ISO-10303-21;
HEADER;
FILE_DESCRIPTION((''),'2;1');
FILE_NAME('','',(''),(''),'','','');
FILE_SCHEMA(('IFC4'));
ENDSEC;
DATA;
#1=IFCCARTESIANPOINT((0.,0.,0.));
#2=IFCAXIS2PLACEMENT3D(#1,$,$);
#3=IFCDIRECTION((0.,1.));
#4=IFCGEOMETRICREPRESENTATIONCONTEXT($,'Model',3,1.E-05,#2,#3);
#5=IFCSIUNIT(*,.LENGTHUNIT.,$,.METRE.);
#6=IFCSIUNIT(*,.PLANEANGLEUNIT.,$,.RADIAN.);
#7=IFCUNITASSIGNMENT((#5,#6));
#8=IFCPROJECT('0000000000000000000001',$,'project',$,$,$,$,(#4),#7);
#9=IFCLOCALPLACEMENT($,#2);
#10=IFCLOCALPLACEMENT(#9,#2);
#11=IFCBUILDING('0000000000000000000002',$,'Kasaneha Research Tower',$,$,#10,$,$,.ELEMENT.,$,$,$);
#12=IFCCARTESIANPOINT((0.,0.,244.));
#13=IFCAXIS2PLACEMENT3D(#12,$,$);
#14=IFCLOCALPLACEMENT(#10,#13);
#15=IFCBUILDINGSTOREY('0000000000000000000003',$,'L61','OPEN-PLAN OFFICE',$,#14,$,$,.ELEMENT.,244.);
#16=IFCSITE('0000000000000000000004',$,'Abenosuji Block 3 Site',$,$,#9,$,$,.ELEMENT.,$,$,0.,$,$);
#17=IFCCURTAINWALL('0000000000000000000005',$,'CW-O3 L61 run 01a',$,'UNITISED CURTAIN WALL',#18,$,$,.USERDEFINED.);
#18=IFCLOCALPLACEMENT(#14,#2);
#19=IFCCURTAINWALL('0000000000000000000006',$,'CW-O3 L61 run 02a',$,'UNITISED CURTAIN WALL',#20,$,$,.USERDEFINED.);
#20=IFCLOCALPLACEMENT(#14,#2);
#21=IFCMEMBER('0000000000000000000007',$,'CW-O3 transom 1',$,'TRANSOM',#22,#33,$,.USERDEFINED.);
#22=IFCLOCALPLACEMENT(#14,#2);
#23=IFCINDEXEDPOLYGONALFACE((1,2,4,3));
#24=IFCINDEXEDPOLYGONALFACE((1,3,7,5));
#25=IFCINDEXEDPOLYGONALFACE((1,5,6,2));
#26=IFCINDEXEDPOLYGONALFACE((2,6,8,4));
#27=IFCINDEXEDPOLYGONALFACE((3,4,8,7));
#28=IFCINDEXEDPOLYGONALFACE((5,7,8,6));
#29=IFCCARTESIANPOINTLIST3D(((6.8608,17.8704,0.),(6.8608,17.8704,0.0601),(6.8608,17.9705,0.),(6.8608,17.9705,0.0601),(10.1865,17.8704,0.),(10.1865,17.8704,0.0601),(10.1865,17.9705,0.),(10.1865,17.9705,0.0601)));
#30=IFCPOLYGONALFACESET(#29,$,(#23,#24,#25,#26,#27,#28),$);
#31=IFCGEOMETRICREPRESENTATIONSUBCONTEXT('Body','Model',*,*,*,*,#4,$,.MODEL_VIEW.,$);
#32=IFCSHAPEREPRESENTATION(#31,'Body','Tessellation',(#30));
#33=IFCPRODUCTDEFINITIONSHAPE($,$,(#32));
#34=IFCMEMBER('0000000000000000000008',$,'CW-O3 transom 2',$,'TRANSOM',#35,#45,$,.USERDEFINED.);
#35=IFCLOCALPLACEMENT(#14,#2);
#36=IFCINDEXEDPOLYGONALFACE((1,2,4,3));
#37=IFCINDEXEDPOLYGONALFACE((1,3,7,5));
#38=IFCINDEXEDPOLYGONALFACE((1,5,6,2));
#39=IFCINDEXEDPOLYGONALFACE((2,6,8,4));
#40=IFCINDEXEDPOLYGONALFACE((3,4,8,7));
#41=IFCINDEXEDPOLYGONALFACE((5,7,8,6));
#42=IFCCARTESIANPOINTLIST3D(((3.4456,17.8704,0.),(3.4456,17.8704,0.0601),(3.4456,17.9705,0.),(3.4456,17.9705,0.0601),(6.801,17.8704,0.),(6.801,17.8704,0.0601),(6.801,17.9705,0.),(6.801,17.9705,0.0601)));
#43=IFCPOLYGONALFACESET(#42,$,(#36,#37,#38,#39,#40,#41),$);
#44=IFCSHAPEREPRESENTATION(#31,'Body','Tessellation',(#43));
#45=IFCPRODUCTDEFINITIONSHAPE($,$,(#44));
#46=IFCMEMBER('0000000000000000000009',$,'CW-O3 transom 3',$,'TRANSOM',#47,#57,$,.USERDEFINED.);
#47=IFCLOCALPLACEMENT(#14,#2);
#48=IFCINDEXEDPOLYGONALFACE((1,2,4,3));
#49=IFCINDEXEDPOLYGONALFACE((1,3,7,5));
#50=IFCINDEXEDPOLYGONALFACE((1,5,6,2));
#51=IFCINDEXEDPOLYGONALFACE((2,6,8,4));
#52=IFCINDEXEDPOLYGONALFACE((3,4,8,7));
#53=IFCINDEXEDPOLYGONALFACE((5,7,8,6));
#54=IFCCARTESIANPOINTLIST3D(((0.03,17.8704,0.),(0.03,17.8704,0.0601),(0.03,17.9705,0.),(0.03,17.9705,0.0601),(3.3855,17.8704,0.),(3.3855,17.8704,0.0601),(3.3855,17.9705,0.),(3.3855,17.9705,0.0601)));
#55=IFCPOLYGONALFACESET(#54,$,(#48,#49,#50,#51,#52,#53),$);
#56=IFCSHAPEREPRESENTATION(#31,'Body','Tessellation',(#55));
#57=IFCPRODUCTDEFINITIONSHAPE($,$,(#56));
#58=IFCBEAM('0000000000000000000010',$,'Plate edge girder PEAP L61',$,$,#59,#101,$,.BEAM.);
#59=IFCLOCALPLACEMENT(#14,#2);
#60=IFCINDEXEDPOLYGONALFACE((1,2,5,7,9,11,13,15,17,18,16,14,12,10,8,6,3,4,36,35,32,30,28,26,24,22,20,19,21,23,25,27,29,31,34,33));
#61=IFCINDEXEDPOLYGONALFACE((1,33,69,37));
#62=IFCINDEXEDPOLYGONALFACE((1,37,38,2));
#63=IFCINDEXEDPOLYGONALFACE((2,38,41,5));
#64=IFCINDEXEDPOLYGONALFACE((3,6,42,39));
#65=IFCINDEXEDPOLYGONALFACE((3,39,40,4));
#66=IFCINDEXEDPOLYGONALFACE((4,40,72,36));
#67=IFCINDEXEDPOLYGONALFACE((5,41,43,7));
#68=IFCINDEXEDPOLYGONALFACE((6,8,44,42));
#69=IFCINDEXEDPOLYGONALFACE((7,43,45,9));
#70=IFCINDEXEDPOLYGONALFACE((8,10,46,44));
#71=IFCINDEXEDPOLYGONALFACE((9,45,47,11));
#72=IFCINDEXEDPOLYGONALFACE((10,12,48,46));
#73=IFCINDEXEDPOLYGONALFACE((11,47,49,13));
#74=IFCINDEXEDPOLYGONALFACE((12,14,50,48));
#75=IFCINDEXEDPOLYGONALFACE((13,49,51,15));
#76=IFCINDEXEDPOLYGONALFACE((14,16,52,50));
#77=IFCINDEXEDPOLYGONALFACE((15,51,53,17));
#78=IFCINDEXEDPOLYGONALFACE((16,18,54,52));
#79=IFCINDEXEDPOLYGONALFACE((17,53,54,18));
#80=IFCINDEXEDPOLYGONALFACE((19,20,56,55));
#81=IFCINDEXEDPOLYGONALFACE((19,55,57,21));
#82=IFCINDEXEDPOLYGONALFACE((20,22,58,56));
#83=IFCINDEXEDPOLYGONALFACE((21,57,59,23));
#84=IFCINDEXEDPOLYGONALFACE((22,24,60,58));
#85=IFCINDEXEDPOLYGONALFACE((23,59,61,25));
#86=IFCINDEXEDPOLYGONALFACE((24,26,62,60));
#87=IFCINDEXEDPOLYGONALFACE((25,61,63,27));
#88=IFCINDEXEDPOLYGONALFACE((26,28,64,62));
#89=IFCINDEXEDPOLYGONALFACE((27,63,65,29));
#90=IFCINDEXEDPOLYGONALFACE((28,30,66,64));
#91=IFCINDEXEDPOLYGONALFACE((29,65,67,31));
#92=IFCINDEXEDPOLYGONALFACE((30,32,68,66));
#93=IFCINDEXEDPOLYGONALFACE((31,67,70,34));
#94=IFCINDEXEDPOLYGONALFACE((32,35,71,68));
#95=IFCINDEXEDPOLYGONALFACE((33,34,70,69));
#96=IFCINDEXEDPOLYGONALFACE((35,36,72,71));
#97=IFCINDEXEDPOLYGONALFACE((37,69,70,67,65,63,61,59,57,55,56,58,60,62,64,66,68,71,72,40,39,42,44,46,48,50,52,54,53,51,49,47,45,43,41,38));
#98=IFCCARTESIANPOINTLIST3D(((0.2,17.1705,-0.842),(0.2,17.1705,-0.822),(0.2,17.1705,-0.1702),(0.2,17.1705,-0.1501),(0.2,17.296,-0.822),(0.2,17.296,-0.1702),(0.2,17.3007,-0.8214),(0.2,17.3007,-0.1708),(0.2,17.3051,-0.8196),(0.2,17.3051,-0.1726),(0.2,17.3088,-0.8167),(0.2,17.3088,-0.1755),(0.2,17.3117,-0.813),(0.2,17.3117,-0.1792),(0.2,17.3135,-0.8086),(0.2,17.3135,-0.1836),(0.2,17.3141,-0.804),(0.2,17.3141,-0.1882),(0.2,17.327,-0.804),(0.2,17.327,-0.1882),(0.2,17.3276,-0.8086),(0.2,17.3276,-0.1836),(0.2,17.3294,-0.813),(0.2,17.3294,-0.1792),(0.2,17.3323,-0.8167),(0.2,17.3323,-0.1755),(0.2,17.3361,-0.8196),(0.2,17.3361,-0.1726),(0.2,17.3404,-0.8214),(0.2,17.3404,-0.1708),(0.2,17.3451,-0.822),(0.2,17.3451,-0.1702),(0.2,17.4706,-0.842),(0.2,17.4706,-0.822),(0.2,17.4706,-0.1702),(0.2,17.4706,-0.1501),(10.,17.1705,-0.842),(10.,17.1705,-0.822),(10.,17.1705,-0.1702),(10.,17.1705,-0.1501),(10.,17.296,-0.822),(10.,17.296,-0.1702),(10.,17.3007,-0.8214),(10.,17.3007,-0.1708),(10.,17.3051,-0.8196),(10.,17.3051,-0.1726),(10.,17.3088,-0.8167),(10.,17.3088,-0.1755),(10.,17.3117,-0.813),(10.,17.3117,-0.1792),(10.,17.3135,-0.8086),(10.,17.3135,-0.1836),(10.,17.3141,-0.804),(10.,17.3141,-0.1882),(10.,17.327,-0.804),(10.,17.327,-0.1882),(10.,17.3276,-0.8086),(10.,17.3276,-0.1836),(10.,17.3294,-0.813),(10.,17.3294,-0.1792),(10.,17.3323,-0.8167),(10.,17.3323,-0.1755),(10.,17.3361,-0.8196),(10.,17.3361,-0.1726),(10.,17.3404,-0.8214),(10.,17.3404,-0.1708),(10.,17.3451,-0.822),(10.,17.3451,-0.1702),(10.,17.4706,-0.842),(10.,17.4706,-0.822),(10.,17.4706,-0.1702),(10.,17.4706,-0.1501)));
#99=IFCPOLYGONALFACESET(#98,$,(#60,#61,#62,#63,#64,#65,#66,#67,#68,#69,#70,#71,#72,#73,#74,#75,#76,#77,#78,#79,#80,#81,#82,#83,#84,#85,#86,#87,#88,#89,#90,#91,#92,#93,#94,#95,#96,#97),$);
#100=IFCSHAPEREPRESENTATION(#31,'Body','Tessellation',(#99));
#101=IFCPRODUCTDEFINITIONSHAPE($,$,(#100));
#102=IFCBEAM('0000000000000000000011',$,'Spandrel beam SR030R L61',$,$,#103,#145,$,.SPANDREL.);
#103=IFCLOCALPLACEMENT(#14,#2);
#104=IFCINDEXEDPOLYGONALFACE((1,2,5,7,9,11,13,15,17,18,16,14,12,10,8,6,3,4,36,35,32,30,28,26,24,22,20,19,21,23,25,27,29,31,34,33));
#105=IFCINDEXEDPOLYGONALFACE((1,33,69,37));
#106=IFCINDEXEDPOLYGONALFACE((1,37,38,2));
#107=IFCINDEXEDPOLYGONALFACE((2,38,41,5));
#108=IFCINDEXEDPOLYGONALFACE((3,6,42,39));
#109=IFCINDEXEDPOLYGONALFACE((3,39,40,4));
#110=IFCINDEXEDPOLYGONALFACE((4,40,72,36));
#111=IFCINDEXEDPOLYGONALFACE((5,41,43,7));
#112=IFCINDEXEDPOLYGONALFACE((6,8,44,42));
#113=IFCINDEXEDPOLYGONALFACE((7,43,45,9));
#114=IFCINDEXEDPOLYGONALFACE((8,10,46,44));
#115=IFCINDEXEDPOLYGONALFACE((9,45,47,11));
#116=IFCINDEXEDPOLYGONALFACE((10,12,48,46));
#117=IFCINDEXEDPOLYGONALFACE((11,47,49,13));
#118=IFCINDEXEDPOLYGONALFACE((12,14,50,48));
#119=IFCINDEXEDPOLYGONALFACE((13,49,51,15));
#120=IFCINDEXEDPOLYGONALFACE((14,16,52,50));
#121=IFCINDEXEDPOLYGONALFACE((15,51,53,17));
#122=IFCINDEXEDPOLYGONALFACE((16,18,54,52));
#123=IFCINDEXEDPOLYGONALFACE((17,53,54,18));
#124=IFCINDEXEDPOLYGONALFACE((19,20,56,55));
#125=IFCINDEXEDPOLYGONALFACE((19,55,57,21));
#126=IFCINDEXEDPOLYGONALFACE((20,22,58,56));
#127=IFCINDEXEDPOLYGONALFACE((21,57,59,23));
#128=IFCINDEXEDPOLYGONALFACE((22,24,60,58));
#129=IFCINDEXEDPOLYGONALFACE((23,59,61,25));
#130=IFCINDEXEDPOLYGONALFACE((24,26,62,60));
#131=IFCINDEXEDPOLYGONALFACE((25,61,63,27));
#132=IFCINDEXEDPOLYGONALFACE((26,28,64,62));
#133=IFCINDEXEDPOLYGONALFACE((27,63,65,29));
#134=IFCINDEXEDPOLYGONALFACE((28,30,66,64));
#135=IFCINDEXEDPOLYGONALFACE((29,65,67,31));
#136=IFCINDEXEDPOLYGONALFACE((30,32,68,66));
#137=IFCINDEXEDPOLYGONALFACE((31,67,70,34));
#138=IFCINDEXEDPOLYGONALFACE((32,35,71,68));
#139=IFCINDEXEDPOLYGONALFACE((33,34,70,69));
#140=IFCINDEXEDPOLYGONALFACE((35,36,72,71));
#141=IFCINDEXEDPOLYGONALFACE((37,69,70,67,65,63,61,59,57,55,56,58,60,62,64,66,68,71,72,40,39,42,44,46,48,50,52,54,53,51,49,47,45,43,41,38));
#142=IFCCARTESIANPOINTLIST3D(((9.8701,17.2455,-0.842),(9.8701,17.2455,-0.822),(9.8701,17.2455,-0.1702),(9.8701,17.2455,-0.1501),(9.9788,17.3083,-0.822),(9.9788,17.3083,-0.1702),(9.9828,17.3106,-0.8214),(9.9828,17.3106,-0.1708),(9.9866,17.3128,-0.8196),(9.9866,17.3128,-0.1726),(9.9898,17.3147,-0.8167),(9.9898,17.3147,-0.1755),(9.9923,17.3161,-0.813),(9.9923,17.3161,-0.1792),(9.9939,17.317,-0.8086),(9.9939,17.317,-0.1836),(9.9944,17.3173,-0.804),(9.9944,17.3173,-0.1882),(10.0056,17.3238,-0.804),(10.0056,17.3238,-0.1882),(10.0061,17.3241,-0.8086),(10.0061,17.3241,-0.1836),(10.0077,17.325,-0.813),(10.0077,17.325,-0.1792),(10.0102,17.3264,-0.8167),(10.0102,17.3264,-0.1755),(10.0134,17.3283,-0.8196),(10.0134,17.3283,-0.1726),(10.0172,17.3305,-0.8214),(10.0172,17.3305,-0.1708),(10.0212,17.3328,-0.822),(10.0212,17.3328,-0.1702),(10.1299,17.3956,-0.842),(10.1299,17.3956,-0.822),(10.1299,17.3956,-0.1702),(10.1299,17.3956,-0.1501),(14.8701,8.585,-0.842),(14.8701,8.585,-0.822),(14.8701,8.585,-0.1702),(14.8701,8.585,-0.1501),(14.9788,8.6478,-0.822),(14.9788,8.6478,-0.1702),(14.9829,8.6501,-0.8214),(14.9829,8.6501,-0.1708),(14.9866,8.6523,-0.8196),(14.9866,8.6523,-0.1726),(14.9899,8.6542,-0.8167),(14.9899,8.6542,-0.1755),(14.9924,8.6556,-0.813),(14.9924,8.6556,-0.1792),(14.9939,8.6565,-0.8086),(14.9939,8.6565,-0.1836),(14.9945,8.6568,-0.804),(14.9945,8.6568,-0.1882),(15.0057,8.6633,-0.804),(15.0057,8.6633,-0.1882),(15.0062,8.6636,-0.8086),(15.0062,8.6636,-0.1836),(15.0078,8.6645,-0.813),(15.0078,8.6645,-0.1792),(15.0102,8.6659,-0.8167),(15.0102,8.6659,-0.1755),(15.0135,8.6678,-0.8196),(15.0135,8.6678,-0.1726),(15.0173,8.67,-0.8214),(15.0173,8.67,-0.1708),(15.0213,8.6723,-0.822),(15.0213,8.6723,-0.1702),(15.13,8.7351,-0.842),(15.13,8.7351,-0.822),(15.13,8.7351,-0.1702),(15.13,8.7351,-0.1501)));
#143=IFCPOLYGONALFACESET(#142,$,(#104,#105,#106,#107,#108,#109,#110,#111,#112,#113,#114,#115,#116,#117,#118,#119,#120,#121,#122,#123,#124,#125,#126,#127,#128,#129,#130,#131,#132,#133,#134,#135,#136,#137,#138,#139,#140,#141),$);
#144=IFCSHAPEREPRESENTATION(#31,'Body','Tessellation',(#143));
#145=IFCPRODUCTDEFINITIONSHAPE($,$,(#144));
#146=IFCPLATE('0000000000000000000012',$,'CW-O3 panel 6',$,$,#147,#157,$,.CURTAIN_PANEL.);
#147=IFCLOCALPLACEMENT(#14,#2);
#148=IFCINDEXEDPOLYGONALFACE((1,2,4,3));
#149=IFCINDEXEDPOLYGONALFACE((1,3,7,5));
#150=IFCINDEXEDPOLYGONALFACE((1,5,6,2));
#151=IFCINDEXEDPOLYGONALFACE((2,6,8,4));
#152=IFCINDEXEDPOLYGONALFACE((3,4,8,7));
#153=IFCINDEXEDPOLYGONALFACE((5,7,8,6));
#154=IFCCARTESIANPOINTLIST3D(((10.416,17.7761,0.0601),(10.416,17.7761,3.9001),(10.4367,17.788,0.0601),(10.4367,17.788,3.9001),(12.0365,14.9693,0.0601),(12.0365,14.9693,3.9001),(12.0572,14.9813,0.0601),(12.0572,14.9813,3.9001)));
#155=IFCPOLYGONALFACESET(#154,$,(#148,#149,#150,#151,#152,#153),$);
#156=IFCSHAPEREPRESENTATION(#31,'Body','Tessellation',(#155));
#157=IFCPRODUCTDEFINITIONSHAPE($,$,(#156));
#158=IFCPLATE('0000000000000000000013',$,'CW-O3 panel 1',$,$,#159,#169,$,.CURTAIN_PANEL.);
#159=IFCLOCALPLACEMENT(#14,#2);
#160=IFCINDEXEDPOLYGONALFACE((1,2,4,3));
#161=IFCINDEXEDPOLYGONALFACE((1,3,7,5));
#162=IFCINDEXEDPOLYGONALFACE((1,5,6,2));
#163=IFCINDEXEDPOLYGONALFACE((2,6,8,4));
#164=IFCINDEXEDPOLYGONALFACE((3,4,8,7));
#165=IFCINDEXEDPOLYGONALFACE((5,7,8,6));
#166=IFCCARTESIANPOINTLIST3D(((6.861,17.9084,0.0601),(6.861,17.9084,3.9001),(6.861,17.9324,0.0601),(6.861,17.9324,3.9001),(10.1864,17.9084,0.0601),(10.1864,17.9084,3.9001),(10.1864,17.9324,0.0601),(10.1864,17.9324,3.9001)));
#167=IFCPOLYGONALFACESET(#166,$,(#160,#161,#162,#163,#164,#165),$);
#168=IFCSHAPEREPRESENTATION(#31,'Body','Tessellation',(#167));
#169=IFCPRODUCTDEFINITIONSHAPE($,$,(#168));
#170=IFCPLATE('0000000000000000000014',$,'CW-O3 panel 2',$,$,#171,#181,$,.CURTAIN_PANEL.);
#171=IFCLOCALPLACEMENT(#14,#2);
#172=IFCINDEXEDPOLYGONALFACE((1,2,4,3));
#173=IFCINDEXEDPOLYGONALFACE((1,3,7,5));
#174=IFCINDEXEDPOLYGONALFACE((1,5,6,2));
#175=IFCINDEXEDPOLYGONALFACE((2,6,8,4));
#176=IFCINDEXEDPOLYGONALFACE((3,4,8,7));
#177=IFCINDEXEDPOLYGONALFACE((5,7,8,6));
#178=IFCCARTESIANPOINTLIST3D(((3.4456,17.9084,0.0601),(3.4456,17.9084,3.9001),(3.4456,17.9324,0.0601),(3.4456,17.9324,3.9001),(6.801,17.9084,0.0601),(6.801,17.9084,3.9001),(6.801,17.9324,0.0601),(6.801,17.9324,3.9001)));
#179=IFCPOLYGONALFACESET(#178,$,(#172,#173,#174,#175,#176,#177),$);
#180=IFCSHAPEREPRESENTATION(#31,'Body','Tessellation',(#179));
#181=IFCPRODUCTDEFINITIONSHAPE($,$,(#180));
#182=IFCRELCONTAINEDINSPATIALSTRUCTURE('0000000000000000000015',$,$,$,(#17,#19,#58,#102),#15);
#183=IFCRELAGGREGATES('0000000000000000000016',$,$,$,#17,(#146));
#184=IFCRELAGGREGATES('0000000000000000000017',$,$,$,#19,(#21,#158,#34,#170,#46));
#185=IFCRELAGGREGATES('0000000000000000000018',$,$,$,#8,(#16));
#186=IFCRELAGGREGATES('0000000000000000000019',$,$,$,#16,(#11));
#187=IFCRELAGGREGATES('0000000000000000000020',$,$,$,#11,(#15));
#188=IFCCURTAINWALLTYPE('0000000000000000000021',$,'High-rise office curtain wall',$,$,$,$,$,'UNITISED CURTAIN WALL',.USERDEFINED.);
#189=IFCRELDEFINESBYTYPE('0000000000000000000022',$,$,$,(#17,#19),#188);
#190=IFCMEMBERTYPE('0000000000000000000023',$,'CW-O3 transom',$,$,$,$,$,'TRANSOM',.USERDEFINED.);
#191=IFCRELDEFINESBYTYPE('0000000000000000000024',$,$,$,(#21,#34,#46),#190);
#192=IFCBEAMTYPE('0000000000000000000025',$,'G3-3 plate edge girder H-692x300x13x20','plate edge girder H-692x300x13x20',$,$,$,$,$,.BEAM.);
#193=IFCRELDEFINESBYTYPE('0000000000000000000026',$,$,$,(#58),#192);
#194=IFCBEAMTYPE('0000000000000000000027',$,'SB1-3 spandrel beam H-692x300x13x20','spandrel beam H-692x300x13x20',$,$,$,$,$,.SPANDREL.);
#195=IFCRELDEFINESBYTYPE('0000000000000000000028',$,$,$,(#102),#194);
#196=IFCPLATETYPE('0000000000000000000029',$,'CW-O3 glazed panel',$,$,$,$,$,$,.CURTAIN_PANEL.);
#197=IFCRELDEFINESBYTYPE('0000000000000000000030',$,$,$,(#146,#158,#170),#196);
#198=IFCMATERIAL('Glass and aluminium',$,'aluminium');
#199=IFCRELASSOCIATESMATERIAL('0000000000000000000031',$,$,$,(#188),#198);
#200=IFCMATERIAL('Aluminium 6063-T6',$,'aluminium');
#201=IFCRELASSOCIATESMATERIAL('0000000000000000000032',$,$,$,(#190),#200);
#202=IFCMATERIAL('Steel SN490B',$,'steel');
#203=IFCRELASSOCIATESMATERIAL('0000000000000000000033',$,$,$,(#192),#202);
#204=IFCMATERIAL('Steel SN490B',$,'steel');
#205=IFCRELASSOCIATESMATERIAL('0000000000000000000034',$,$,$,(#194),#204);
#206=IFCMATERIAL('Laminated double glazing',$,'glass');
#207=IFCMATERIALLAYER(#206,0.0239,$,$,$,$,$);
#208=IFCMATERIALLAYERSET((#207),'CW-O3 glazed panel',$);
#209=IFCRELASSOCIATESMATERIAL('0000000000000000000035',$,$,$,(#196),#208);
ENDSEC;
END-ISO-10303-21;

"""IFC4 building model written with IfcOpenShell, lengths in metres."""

from ifc_helpers import new_model, si_unit, direction, frame, origin, origin_2d, place, context, subcontext, project, spatial, rectangle, i_section, extrude, material, layer, layer_set, material_profile, profile_set, type_object, element, aggregate, save


model = new_model("IFC4")

# Units and contexts
model_context = context("Model", 3, precision=1e-05, world=origin(), true_north=direction((0.0, 1.0)))
body_context = subcontext(model_context, "Body", "Model", "MODEL_VIEW")
ifc_project = project(units=[si_unit("LENGTHUNIT", "METRE"), si_unit("PLANEANGLEUNIT", "RADIAN")], contexts=[model_context])

# Site, building, storey
site_placement = place(None, origin())
site = spatial("IfcSite", under=ifc_project, at=site_placement, Name="Abenosuji Block 3 Site", CompositionType="ELEMENT", RefElevation=0.0)
building_placement = place(site_placement, origin())
building = spatial("IfcBuilding", under=site, at=building_placement, Name="Kasaneha Research Tower", CompositionType="ELEMENT")
storey_placement = place(building_placement, frame((0.0, 0.0, 244.0)))
storey = spatial("IfcBuildingStorey", under=building, at=storey_placement, Name="L61", Description="OPEN-PLAN OFFICE", CompositionType="ELEMENT", Elevation=244.0)

# Curtain wall
ifc_material_1 = material(Name="Glass and aluminium", Category="aluminium")
curtain_wall_type = type_object("IfcCurtainWallType", Name="High-rise office curtain wall", ElementType="UNITISED CURTAIN WALL", PredefinedType="USERDEFINED", material=ifc_material_1)
curtain_wall_1_placement = place(storey_placement, origin())
curtain_wall_1 = element("IfcCurtainWall", 1, at=curtain_wall_1_placement, inside=storey, type_object=curtain_wall_type, Name="CW-O3 L61 run 01a", ObjectType="UNITISED CURTAIN WALL", PredefinedType="USERDEFINED")

# Curtain wall
curtain_wall_2_placement = place(storey_placement, origin())
curtain_wall_2 = element("IfcCurtainWall", 2, at=curtain_wall_2_placement, inside=storey, type_object=curtain_wall_type, Name="CW-O3 L61 run 02a", ObjectType="UNITISED CURTAIN WALL", PredefinedType="USERDEFINED")

# Members
ifc_material_2 = material(Name="Aluminium 6063-T6", Category="aluminium")
ifc_material_profile_1 = material_profile(ifc_material_2, rectangle(XDim=0.1001, YDim=0.0601, at=origin_2d()), Name="CW-O3 transom 100x60")
ifc_profile_set_1 = profile_set([ifc_material_profile_1], Name="Aluminium 6063-T6")
member_type_1 = type_object("IfcMemberType", Name="CW-O3 transom", ElementType="TRANSOM", PredefinedType="USERDEFINED", material=ifc_profile_set_1)
member_1_placement = place(storey_placement, frame((10.1865, 17.9204, 0.03), z_axis=(-1.0, 0.0, 0.0), x_axis=(0.0, -1.0, 0.0)))
member_1 = element("IfcMember", 3, at=member_1_placement, type_object=member_type_1, Name="CW-O3 transom 1", ObjectType="TRANSOM", PredefinedType="USERDEFINED", context=body_context, shape_type="SweptSolid", body=[
    extrude(rectangle(XDim=0.1001, YDim=0.0601, at=origin_2d()), origin(), (0.0, 0.0, 1.0), 3.3257),
])
member_2_placement = place(storey_placement, frame((6.801, 17.9204, 0.03), z_axis=(-1.0, 0.0, 0.0), x_axis=(0.0, -1.0, 0.0)))
member_2 = element("IfcMember", 4, at=member_2_placement, type_object=member_type_1, Name="CW-O3 transom 2", ObjectType="TRANSOM", PredefinedType="USERDEFINED", context=body_context, shape_type="SweptSolid", body=[
    extrude(rectangle(XDim=0.1001, YDim=0.0601, at=origin_2d()), origin(), (0.0, 0.0, 1.0), 3.3555),
])
member_3_placement = place(storey_placement, frame((3.3855, 17.9204, 0.03), z_axis=(-1.0, 0.0, 0.0), x_axis=(0.0, -1.0, 0.0)))
member_3 = element("IfcMember", 5, at=member_3_placement, type_object=member_type_1, Name="CW-O3 transom 3", ObjectType="TRANSOM", PredefinedType="USERDEFINED", context=body_context, shape_type="SweptSolid", body=[
    extrude(rectangle(XDim=0.1001, YDim=0.0601, at=origin_2d()), origin(), (0.0, 0.0, 1.0), 3.3555),
])

# Beams
ifc_material_3 = material(Name="Steel SN490B", Category="steel")
ifc_material_profile_2 = material_profile(ifc_material_3, i_section(OverallWidth=0.3, OverallDepth=0.6919, WebThickness=0.0129, FlangeThickness=0.02, FilletRadius=0.0181, at=origin_2d()), Name="H-692x300x13x20")
ifc_profile_set_2 = profile_set([ifc_material_profile_2], Name="Steel SN490B")
beam_type_1 = type_object("IfcBeamType", Name="G3-3 plate edge girder H-692x300x13x20", Description="plate edge girder H-692x300x13x20", PredefinedType="BEAM", material=ifc_profile_set_2)
beam_1_placement = place(storey_placement, frame((10.0, 17.3206, -0.4961), z_axis=(-1.0, 0.0, 0.0), x_axis=(0.0, -1.0, 0.0)))
element("IfcBeam", 6, at=beam_1_placement, inside=storey, type_object=beam_type_1, Name="Plate edge girder PEAP L61", PredefinedType="BEAM", context=body_context, shape_type="SweptSolid", body=[
    extrude(i_section(OverallWidth=0.3, OverallDepth=0.6919, WebThickness=0.0129, FlangeThickness=0.02, FilletRadius=0.0181, at=origin_2d()), origin(), (0.0, 0.0, 1.0), 9.8),
])
ifc_material_4 = material(Name="Steel SN490B", Category="steel")
ifc_material_profile_3 = material_profile(ifc_material_4, i_section(OverallWidth=0.3, OverallDepth=0.6919, WebThickness=0.0129, FlangeThickness=0.02, FilletRadius=0.0181, at=origin_2d()), Name="H-692x300x13x20")
ifc_profile_set_3 = profile_set([ifc_material_profile_3], Name="Steel SN490B")
beam_type_2 = type_object("IfcBeamType", Name="SB1-3 spandrel beam H-692x300x13x20", Description="spandrel beam H-692x300x13x20", PredefinedType="SPANDREL", material=ifc_profile_set_3)
beam_2_placement = place(storey_placement, frame((10.0, 17.3206, -0.4961), z_axis=(0.499994, -0.866029, 0.0), x_axis=(0.866029, 0.499994, 0.0)))
element("IfcBeam", 7, at=beam_2_placement, inside=storey, type_object=beam_type_2, Name="Spandrel beam SR030R L61", PredefinedType="SPANDREL", context=body_context, shape_type="SweptSolid", body=[
    extrude(i_section(OverallWidth=0.3, OverallDepth=0.6919, WebThickness=0.0129, FlangeThickness=0.02, FilletRadius=0.0181, at=origin_2d()), origin(), (0.0, 0.0, 1.0), 10.0002),
])

# Plates
ifc_material_5 = material(Name="Laminated double glazing", Category="glass")
ifc_layer_1 = layer(ifc_material_5, 0.0239)
ifc_layer_set_1 = layer_set([ifc_layer_1], Name="CW-O3 glazed panel")
plate_type = type_object("IfcPlateType", Name="CW-O3 glazed panel", PredefinedType="CURTAIN_PANEL", material=ifc_layer_set_1)
plate_1_placement = place(storey_placement, frame((11.2366, 16.3787, 0.0601), z_axis=(0.0, 0.0, 1.0), x_axis=(-0.5, 0.866025, 0.0)))
plate_1 = element("IfcPlate", 8, at=plate_1_placement, type_object=plate_type, Name="CW-O3 panel 6", PredefinedType="CURTAIN_PANEL", context=body_context, shape_type="SweptSolid", body=[
    extrude(rectangle(XDim=3.241, YDim=0.0239, at=origin_2d()), origin(), (0.0, 0.0, 1.0), 3.8401),
])
aggregate(curtain_wall_1, [plate_1])
plate_2_placement = place(storey_placement, frame((8.5237, 17.9204, 0.0601), z_axis=(0.0, 0.0, 1.0), x_axis=(-1.0, 0.0, 0.0)))
plate_2 = element("IfcPlate", 9, at=plate_2_placement, type_object=plate_type, Name="CW-O3 panel 1", PredefinedType="CURTAIN_PANEL", context=body_context, shape_type="SweptSolid", body=[
    extrude(rectangle(XDim=3.3254, YDim=0.0239, at=origin_2d()), origin(), (0.0, 0.0, 1.0), 3.8401),
])
plate_3_placement = place(storey_placement, frame((5.1233, 17.9204, 0.0601), z_axis=(0.0, 0.0, 1.0), x_axis=(-1.0, 0.0, 0.0)))
plate_3 = element("IfcPlate", 10, at=plate_3_placement, type_object=plate_type, Name="CW-O3 panel 2", PredefinedType="CURTAIN_PANEL", context=body_context, shape_type="SweptSolid", body=[
    extrude(rectangle(XDim=3.3555, YDim=0.0239, at=origin_2d()), origin(), (0.0, 0.0, 1.0), 3.8401),
])
aggregate(curtain_wall_2, [member_1, plate_2, member_2, plate_3, member_3])

save(model, "model.ifc")
